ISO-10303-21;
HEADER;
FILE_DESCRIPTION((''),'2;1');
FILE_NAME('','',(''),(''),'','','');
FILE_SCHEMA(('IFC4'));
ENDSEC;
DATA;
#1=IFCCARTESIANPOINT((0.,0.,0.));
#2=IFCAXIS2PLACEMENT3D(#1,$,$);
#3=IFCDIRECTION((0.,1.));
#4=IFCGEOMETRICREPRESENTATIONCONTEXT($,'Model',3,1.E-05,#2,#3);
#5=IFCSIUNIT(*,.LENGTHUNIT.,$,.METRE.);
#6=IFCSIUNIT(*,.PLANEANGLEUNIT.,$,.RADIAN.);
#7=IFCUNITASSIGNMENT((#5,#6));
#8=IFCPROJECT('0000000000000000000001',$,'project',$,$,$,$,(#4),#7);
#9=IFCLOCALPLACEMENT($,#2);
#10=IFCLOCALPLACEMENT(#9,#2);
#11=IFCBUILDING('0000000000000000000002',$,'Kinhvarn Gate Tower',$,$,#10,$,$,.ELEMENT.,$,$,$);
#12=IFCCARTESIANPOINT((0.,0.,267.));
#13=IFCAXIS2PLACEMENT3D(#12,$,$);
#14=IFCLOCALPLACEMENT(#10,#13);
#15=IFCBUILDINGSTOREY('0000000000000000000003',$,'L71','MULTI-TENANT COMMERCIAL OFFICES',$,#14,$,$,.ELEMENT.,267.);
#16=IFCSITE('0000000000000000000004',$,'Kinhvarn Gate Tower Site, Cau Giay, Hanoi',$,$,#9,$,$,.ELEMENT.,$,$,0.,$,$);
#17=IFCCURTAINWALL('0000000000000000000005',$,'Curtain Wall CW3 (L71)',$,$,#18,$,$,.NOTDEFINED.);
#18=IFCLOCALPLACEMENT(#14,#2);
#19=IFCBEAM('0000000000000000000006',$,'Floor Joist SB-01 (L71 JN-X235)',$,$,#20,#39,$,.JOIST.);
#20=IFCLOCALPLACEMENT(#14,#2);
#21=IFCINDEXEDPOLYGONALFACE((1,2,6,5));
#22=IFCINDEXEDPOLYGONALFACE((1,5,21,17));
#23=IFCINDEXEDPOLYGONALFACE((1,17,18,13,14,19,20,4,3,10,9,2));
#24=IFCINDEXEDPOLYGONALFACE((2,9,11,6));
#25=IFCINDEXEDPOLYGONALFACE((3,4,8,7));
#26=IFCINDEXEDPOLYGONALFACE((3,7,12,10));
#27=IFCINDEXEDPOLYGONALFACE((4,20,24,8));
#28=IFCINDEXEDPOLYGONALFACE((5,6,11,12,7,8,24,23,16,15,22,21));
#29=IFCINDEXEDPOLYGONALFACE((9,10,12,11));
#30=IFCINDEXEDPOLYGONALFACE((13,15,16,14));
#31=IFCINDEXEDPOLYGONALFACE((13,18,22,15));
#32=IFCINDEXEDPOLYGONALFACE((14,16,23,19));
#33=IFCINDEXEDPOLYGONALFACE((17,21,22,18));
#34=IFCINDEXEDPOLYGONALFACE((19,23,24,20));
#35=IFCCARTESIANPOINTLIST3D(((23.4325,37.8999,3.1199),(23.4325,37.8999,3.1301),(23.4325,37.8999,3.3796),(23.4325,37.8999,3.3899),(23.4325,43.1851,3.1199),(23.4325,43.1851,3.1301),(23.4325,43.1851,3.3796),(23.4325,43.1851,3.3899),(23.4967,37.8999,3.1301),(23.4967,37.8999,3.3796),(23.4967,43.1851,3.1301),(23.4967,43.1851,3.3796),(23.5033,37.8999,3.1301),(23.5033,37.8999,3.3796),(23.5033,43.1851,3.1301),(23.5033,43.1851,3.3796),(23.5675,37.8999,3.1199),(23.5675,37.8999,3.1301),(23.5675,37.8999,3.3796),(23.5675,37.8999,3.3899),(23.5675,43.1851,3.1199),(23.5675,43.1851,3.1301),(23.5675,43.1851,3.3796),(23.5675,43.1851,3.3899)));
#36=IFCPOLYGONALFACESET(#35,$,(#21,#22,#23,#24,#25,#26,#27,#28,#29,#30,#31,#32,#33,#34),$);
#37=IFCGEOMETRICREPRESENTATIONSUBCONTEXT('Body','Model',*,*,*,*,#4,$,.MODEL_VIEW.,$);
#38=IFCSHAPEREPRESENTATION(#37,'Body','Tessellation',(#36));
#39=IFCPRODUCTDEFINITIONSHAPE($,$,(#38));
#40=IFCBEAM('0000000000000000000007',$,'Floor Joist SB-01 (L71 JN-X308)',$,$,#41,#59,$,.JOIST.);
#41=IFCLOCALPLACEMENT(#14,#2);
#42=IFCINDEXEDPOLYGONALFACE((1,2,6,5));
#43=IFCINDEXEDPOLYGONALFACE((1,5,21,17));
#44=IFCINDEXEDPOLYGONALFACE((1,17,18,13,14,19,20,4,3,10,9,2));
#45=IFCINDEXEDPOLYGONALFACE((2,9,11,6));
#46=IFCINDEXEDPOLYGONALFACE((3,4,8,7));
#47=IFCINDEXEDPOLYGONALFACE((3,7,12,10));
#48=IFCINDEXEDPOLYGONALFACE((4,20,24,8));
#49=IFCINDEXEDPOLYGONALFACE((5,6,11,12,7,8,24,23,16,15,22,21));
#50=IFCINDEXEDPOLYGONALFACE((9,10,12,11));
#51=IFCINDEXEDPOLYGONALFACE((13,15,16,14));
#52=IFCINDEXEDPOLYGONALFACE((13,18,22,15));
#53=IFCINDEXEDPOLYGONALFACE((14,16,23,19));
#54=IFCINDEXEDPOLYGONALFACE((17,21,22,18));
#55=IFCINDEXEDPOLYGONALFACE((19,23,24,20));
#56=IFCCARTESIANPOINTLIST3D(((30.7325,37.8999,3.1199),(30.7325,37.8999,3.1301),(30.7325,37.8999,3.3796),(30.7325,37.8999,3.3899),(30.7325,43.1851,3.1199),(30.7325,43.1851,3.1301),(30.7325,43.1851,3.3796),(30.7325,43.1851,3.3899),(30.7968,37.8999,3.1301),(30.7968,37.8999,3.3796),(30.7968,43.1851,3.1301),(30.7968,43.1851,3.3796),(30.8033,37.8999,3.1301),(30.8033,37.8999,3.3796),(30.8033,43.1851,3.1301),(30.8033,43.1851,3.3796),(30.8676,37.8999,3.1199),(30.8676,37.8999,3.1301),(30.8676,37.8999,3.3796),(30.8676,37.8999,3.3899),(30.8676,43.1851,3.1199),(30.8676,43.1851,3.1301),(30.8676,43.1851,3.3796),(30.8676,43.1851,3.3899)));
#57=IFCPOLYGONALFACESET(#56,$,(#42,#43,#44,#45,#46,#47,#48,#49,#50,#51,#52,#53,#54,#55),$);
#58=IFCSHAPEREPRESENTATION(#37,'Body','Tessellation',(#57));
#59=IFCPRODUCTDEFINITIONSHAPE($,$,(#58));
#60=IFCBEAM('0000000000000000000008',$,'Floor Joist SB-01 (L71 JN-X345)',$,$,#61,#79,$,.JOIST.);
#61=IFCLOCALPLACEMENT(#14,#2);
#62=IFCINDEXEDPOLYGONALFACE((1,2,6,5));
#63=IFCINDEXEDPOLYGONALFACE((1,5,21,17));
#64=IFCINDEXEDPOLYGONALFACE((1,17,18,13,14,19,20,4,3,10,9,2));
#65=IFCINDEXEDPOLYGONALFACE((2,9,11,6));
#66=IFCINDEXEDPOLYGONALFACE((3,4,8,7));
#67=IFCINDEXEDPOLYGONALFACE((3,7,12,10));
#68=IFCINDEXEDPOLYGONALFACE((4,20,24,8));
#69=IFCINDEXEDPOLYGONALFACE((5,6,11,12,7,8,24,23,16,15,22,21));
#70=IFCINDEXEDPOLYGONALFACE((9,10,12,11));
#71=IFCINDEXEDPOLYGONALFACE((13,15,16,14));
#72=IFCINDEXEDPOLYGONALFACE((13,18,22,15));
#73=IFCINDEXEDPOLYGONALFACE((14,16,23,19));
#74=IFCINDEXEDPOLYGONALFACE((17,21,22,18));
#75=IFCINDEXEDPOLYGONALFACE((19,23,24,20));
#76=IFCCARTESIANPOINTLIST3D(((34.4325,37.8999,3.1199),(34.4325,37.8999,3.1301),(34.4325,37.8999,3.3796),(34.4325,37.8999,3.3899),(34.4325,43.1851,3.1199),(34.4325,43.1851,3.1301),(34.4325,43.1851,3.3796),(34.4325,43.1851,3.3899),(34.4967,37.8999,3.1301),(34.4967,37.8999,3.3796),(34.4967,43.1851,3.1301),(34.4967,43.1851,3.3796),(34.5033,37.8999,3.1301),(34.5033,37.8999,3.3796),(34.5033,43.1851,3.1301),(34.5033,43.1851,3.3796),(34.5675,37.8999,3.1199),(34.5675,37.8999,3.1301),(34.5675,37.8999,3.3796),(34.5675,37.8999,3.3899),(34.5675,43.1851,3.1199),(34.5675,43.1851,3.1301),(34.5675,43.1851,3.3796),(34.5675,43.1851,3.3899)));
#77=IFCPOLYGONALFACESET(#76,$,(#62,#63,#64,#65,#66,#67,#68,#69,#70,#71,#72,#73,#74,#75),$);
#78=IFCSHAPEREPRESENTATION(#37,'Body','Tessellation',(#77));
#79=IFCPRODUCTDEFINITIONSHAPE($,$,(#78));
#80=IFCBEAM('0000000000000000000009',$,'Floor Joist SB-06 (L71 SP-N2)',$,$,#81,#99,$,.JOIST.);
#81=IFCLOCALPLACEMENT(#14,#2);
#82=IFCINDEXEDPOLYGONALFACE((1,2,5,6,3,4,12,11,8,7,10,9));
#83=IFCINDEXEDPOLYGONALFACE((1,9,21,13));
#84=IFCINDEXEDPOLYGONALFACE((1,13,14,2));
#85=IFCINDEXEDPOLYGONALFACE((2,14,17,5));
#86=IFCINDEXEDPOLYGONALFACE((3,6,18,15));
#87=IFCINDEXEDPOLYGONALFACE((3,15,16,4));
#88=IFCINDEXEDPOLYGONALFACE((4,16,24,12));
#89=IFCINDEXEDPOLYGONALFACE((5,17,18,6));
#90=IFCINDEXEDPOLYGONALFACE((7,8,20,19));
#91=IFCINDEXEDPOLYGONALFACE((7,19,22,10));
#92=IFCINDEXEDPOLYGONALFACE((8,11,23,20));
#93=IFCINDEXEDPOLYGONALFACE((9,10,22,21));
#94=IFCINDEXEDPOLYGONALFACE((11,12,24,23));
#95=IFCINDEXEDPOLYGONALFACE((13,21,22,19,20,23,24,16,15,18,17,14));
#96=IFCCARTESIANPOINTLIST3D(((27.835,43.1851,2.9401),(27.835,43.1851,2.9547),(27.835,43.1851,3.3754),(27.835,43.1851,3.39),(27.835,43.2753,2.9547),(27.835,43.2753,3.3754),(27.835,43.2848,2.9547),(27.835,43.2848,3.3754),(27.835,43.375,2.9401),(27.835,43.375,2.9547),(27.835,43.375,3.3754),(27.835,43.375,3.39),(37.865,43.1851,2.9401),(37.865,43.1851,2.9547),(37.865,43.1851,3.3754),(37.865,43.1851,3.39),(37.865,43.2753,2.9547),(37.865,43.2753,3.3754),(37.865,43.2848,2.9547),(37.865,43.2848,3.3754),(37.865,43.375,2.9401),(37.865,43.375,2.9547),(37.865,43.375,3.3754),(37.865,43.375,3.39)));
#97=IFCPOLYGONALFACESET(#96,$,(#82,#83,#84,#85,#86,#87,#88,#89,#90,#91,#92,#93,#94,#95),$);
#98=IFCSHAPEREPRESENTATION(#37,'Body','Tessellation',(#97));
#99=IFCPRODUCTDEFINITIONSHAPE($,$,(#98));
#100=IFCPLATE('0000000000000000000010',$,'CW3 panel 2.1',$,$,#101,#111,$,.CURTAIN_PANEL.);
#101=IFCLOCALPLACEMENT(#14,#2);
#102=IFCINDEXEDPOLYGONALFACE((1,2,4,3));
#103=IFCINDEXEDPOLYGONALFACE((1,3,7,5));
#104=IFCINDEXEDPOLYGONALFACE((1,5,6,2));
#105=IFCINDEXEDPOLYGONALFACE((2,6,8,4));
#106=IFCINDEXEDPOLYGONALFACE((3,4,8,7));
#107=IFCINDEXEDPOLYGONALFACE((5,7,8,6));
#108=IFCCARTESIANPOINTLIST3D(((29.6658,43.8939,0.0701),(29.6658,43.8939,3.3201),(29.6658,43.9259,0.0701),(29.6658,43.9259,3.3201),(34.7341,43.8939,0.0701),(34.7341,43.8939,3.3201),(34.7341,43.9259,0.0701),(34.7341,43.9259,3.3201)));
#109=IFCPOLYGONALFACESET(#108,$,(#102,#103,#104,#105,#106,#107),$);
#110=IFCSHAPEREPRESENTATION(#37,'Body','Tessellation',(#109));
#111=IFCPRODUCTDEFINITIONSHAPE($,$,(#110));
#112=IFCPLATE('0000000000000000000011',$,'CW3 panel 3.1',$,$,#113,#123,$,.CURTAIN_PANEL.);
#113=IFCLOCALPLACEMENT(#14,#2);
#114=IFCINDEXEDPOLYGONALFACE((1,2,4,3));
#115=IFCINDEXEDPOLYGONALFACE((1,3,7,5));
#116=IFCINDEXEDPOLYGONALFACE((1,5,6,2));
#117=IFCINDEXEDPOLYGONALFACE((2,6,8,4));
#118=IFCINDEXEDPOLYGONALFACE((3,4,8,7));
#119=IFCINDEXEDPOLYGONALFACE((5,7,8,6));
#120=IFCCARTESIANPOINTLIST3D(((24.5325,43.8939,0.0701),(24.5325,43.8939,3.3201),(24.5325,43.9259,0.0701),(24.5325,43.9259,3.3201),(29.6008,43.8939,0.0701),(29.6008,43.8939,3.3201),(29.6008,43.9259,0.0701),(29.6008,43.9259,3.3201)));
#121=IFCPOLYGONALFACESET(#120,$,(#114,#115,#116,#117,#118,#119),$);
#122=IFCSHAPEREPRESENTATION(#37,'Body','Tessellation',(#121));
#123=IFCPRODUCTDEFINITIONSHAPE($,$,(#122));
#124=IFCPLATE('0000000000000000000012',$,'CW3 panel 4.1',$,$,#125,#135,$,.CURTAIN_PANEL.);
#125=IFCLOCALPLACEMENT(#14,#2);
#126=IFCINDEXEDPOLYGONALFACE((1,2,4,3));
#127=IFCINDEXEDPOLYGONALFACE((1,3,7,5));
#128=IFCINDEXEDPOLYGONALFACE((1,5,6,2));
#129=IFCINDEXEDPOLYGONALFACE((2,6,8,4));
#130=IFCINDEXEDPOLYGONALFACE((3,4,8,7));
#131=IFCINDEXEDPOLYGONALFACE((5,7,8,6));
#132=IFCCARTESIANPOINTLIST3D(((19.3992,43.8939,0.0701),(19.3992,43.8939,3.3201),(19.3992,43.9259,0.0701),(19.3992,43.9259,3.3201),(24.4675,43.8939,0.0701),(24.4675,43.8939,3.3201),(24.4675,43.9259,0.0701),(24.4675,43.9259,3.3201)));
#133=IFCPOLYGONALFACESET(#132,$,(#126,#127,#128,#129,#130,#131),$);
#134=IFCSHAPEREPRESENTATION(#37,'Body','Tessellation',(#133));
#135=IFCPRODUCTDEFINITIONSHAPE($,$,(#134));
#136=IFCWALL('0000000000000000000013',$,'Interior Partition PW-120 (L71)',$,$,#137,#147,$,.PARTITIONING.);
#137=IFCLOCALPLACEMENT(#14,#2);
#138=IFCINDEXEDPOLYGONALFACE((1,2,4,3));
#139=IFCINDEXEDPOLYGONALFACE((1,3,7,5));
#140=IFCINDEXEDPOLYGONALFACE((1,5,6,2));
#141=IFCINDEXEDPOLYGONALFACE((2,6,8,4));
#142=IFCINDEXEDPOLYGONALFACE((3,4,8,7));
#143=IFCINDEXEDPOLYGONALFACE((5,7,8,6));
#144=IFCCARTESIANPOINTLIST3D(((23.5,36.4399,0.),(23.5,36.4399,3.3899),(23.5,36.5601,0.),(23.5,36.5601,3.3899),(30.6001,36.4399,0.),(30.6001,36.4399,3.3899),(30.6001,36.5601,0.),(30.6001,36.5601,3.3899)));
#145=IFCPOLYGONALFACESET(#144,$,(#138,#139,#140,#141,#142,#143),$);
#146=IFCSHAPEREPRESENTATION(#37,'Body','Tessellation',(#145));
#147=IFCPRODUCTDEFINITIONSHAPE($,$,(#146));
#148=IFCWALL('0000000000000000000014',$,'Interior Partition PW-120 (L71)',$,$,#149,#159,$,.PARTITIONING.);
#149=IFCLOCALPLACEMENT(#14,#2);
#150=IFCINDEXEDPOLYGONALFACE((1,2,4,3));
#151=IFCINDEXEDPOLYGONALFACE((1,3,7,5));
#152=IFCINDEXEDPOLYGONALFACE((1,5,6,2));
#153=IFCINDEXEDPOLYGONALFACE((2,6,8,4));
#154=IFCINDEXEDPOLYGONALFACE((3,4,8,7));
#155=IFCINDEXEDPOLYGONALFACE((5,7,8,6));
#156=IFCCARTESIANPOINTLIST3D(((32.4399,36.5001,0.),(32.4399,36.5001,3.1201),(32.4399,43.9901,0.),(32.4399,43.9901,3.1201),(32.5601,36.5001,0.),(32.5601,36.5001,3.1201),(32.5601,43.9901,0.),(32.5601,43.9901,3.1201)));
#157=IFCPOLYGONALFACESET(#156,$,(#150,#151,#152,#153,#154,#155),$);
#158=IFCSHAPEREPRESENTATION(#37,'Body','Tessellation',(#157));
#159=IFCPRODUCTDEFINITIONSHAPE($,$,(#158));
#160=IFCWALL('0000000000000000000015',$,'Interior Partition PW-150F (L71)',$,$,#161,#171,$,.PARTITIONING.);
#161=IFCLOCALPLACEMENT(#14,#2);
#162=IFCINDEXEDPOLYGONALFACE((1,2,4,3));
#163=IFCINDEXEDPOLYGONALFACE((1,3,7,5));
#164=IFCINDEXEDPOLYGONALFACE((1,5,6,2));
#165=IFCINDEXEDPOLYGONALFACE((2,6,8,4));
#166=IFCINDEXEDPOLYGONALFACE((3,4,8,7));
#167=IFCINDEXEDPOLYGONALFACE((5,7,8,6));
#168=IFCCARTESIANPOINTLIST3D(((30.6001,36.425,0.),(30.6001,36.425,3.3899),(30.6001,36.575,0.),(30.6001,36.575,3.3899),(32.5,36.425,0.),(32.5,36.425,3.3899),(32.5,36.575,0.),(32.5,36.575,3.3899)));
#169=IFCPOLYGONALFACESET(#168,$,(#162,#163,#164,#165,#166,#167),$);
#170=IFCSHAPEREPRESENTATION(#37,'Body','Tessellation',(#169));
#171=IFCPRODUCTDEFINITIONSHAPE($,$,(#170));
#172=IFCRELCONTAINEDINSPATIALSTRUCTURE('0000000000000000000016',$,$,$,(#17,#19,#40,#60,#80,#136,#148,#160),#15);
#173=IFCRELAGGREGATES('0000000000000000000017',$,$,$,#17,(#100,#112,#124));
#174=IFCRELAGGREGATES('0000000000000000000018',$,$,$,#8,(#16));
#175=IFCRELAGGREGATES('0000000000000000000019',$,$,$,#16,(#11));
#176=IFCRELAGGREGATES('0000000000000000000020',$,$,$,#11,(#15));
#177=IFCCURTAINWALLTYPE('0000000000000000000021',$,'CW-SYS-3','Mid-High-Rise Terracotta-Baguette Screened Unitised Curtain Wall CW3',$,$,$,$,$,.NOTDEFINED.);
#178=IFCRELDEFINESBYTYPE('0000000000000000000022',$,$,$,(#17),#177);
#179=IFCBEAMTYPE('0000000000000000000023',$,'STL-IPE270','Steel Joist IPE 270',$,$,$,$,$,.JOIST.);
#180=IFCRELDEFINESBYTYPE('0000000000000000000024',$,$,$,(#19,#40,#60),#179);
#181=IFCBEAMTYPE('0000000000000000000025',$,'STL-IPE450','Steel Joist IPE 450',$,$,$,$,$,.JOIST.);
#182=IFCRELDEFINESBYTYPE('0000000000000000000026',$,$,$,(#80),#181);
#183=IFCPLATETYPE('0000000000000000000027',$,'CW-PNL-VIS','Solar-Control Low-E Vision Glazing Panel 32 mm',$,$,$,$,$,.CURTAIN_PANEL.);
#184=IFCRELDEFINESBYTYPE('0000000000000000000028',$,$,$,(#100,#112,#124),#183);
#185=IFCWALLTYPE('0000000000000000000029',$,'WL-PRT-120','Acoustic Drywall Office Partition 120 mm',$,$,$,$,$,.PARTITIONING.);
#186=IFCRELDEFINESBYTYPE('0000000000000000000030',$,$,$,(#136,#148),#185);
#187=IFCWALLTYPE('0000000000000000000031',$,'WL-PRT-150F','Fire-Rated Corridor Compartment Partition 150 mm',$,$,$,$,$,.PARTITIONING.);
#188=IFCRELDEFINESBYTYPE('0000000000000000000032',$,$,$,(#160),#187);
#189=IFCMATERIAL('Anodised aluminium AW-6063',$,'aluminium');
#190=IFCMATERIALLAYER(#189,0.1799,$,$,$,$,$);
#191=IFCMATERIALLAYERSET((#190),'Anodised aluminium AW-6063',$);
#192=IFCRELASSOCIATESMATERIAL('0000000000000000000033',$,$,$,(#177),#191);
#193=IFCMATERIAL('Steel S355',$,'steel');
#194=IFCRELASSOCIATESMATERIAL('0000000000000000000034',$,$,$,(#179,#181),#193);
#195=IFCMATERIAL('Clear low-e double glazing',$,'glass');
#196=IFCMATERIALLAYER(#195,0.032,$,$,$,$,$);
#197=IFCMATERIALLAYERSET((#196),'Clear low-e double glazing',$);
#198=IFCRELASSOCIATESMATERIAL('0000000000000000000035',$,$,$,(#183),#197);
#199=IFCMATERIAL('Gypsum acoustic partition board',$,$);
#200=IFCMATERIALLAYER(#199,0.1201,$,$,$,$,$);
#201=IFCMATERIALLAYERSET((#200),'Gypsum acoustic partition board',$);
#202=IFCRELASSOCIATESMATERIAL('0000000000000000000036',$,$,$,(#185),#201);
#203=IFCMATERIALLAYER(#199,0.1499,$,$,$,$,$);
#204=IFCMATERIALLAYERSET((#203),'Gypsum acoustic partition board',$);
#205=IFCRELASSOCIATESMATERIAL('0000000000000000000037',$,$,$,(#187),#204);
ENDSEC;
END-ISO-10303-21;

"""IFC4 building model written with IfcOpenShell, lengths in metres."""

from ifc_helpers import new_model, si_unit, direction, frame, frame_2d, origin, origin_2d, place, context, subcontext, project, spatial, rectangle, i_section, extrude, material, layer, layer_set, material_profile, profile_set, type_object, element, aggregate, save


model = new_model("IFC4")

# Units and contexts
model_context = context("Model", 3, precision=1e-05, world=origin(), true_north=direction((0.0, 1.0)))
body_context = subcontext(model_context, "Body", "Model", "MODEL_VIEW")
ifc_project = project(units=[si_unit("LENGTHUNIT", "METRE"), si_unit("PLANEANGLEUNIT", "RADIAN")], contexts=[model_context])

# Site, building, storey
site_placement = place(None, origin())
site = spatial("IfcSite", under=ifc_project, at=site_placement, Name="Kinhvarn Gate Tower Site, Cau Giay, Hanoi", CompositionType="ELEMENT", RefElevation=0.0)
building_placement = place(site_placement, origin())
building = spatial("IfcBuilding", under=site, at=building_placement, Name="Kinhvarn Gate Tower", CompositionType="ELEMENT")
storey_placement = place(building_placement, frame((0.0, 0.0, 267.0)))
storey = spatial("IfcBuildingStorey", under=building, at=storey_placement, Name="L71", Description="MULTI-TENANT COMMERCIAL OFFICES", CompositionType="ELEMENT", Elevation=267.0)

# Curtain wall
ifc_material_1 = material(Name="Anodised aluminium AW-6063", Category="aluminium")
ifc_layer_1 = layer(ifc_material_1, 0.1799)
ifc_layer_set_1 = layer_set([ifc_layer_1], Name="Anodised aluminium AW-6063")
curtain_wall_type = type_object("IfcCurtainWallType", Name="CW-SYS-3", Description="Mid-High-Rise Terracotta-Baguette Screened Unitised Curtain Wall CW3", PredefinedType="NOTDEFINED", material=ifc_layer_set_1)
curtain_wall_placement = place(storey_placement, origin())
curtain_wall = element("IfcCurtainWall", 1, at=curtain_wall_placement, inside=storey, type_object=curtain_wall_type, Name="Curtain Wall CW3 (L71)", PredefinedType="NOTDEFINED")

# Beams
ifc_material_2 = material(Name="Steel S355", Category="steel")
ifc_material_profile_1 = material_profile(ifc_material_2, i_section(OverallWidth=0.135, OverallDepth=0.27, WebThickness=0.0066, FlangeThickness=0.0103, at=origin_2d()), Name="IPE 270")
ifc_profile_set_1 = profile_set([ifc_material_profile_1], Name="Steel S355")
beam_type_1 = type_object("IfcBeamType", Name="STL-IPE270", Description="Steel Joist IPE 270", PredefinedType="JOIST", material=ifc_profile_set_1)
for number, where, z_axis, x_axis, name in (
    (2, (23.5, 37.8999, 3.2549), (0.0, 1.0, 0.0), (-1.0, 0.0, 0.0), "Floor Joist SB-01 (L71 JN-X235)"),
    (3, (30.8, 37.8999, 3.2549), (0.0, 1.0, 0.0), (-1.0, 0.0, 0.0), "Floor Joist SB-01 (L71 JN-X308)"),
    (4, (34.5, 37.8999, 3.2549), (0.0, 1.0, 0.0), (-1.0, 0.0, 0.0), "Floor Joist SB-01 (L71 JN-X345)"),
):
    element("IfcBeam", number, at=place(storey_placement, frame(where, z_axis=z_axis, x_axis=x_axis)), inside=storey, type_object=beam_type_1, Name=name, PredefinedType="JOIST", context=body_context, shape_type="SweptSolid", body=[
        extrude(i_section(OverallWidth=0.135, OverallDepth=0.27, WebThickness=0.0066, FlangeThickness=0.0103, at=origin_2d()), origin(), (0.0, 0.0, 1.0), 5.2852),
    ])
ifc_material_profile_2 = material_profile(ifc_material_2, i_section(OverallWidth=0.1899, OverallDepth=0.45, WebThickness=0.0095, FlangeThickness=0.0146, at=origin_2d()), Name="IPE 450")
ifc_profile_set_2 = profile_set([ifc_material_profile_2], Name="Steel S355")
beam_type_2 = type_object("IfcBeamType", Name="STL-IPE450", Description="Steel Joist IPE 450", PredefinedType="JOIST", material=ifc_profile_set_2)
beam_1_placement = place(storey_placement, frame((27.835, 43.28, 3.165), z_axis=(1.0, 0.0, 0.0), x_axis=(0.0, 1.0, 0.0)))
element("IfcBeam", 5, at=beam_1_placement, inside=storey, type_object=beam_type_2, Name="Floor Joist SB-06 (L71 SP-N2)", PredefinedType="JOIST", context=body_context, shape_type="SweptSolid", body=[
    extrude(i_section(OverallWidth=0.1899, OverallDepth=0.45, WebThickness=0.0095, FlangeThickness=0.0146, at=origin_2d()), origin(), (0.0, 0.0, 1.0), 10.03),
])

# Plates
ifc_material_3 = material(Name="Clear low-e double glazing", Category="glass")
ifc_layer_2 = layer(ifc_material_3, 0.032)
ifc_layer_set_2 = layer_set([ifc_layer_2], Name="Clear low-e double glazing")
plate_type = type_object("IfcPlateType", Name="CW-PNL-VIS", Description="Solar-Control Low-E Vision Glazing Panel 32 mm", PredefinedType="CURTAIN_PANEL", material=ifc_layer_set_2)
plate_1_placement = place(storey_placement, frame((32.2, 43.9099, 0.0701), z_axis=(0.0, 0.0, 1.0), x_axis=(-1.0, 0.0, 0.0)))
plate_1 = element("IfcPlate", 6, at=plate_1_placement, type_object=plate_type, Name="CW3 panel 2.1", PredefinedType="CURTAIN_PANEL", context=body_context, shape_type="SweptSolid", body=[
    extrude(rectangle(XDim=5.0684, YDim=0.032, at=origin_2d()), origin(), (0.0, 0.0, 1.0), 3.25),
])
plate_2_placement = place(storey_placement, frame((27.0667, 43.9099, 0.0701), z_axis=(0.0, 0.0, 1.0), x_axis=(-1.0, 0.0, 0.0)))
plate_2 = element("IfcPlate", 7, at=plate_2_placement, type_object=plate_type, Name="CW3 panel 3.1", PredefinedType="CURTAIN_PANEL", context=body_context, shape_type="SweptSolid", body=[
    extrude(rectangle(XDim=5.0684, YDim=0.032, at=origin_2d()), origin(), (0.0, 0.0, 1.0), 3.25),
])
plate_3_placement = place(storey_placement, frame((21.9333, 43.9099, 0.0701), z_axis=(0.0, 0.0, 1.0), x_axis=(-1.0, 0.0, 0.0)))
plate_3 = element("IfcPlate", 8, at=plate_3_placement, type_object=plate_type, Name="CW3 panel 4.1", PredefinedType="CURTAIN_PANEL", context=body_context, shape_type="SweptSolid", body=[
    extrude(rectangle(XDim=5.0684, YDim=0.032, at=origin_2d()), origin(), (0.0, 0.0, 1.0), 3.25),
])
aggregate(curtain_wall, [plate_1, plate_2, plate_3])

# Walls
ifc_material_4 = material(Name="Gypsum acoustic partition board")
ifc_layer_3 = layer(ifc_material_4, 0.1201)
ifc_layer_set_3 = layer_set([ifc_layer_3], Name="Gypsum acoustic partition board")
wall_type_1 = type_object("IfcWallType", Name="WL-PRT-120", Description="Acoustic Drywall Office Partition 120 mm", PredefinedType="PARTITIONING", material=ifc_layer_set_3)
wall_1_placement = place(storey_placement, frame((23.5, 36.5, 0.0), z_axis=(0.0, 0.0, 1.0), x_axis=(1.0, 0.0, 0.0)))
element("IfcWall", 9, at=wall_1_placement, inside=storey, type_object=wall_type_1, Name="Interior Partition PW-120 (L71)", PredefinedType="PARTITIONING", context=body_context, shape_type="SweptSolid", body=[
    extrude(rectangle(XDim=7.1001, YDim=0.1201, at=frame_2d((3.55, 0.0))), origin(), (0.0, 0.0, 1.0), 3.3899),
])
wall_2_placement = place(storey_placement, frame((32.5, 36.5, 0.0), z_axis=(0.0, 0.0, 1.0), x_axis=(0.0, 1.0, 0.0)))
element("IfcWall", 10, at=wall_2_placement, inside=storey, type_object=wall_type_1, Name="Interior Partition PW-120 (L71)", PredefinedType="PARTITIONING", context=body_context, shape_type="SweptSolid", body=[
    extrude(rectangle(XDim=7.49, YDim=0.1201, at=frame_2d((3.7451, 0.0))), origin(), (0.0, 0.0, 1.0), 3.1201),
])
ifc_layer_4 = layer(ifc_material_4, 0.1499)
ifc_layer_set_4 = layer_set([ifc_layer_4], Name="Gypsum acoustic partition board")
wall_type_2 = type_object("IfcWallType", Name="WL-PRT-150F", Description="Fire-Rated Corridor Compartment Partition 150 mm", PredefinedType="PARTITIONING", material=ifc_layer_set_4)
wall_3_placement = place(storey_placement, frame((30.6001, 36.5, 0.0), z_axis=(0.0, 0.0, 1.0), x_axis=(1.0, 0.0, 0.0)))
element("IfcWall", 11, at=wall_3_placement, inside=storey, type_object=wall_type_2, Name="Interior Partition PW-150F (L71)", PredefinedType="PARTITIONING", context=body_context, shape_type="SweptSolid", body=[
    extrude(rectangle(XDim=1.8999, YDim=0.1499, at=frame_2d((0.95, 0.0))), origin(), (0.0, 0.0, 1.0), 3.3899),
])

save(model, "model.ifc")
